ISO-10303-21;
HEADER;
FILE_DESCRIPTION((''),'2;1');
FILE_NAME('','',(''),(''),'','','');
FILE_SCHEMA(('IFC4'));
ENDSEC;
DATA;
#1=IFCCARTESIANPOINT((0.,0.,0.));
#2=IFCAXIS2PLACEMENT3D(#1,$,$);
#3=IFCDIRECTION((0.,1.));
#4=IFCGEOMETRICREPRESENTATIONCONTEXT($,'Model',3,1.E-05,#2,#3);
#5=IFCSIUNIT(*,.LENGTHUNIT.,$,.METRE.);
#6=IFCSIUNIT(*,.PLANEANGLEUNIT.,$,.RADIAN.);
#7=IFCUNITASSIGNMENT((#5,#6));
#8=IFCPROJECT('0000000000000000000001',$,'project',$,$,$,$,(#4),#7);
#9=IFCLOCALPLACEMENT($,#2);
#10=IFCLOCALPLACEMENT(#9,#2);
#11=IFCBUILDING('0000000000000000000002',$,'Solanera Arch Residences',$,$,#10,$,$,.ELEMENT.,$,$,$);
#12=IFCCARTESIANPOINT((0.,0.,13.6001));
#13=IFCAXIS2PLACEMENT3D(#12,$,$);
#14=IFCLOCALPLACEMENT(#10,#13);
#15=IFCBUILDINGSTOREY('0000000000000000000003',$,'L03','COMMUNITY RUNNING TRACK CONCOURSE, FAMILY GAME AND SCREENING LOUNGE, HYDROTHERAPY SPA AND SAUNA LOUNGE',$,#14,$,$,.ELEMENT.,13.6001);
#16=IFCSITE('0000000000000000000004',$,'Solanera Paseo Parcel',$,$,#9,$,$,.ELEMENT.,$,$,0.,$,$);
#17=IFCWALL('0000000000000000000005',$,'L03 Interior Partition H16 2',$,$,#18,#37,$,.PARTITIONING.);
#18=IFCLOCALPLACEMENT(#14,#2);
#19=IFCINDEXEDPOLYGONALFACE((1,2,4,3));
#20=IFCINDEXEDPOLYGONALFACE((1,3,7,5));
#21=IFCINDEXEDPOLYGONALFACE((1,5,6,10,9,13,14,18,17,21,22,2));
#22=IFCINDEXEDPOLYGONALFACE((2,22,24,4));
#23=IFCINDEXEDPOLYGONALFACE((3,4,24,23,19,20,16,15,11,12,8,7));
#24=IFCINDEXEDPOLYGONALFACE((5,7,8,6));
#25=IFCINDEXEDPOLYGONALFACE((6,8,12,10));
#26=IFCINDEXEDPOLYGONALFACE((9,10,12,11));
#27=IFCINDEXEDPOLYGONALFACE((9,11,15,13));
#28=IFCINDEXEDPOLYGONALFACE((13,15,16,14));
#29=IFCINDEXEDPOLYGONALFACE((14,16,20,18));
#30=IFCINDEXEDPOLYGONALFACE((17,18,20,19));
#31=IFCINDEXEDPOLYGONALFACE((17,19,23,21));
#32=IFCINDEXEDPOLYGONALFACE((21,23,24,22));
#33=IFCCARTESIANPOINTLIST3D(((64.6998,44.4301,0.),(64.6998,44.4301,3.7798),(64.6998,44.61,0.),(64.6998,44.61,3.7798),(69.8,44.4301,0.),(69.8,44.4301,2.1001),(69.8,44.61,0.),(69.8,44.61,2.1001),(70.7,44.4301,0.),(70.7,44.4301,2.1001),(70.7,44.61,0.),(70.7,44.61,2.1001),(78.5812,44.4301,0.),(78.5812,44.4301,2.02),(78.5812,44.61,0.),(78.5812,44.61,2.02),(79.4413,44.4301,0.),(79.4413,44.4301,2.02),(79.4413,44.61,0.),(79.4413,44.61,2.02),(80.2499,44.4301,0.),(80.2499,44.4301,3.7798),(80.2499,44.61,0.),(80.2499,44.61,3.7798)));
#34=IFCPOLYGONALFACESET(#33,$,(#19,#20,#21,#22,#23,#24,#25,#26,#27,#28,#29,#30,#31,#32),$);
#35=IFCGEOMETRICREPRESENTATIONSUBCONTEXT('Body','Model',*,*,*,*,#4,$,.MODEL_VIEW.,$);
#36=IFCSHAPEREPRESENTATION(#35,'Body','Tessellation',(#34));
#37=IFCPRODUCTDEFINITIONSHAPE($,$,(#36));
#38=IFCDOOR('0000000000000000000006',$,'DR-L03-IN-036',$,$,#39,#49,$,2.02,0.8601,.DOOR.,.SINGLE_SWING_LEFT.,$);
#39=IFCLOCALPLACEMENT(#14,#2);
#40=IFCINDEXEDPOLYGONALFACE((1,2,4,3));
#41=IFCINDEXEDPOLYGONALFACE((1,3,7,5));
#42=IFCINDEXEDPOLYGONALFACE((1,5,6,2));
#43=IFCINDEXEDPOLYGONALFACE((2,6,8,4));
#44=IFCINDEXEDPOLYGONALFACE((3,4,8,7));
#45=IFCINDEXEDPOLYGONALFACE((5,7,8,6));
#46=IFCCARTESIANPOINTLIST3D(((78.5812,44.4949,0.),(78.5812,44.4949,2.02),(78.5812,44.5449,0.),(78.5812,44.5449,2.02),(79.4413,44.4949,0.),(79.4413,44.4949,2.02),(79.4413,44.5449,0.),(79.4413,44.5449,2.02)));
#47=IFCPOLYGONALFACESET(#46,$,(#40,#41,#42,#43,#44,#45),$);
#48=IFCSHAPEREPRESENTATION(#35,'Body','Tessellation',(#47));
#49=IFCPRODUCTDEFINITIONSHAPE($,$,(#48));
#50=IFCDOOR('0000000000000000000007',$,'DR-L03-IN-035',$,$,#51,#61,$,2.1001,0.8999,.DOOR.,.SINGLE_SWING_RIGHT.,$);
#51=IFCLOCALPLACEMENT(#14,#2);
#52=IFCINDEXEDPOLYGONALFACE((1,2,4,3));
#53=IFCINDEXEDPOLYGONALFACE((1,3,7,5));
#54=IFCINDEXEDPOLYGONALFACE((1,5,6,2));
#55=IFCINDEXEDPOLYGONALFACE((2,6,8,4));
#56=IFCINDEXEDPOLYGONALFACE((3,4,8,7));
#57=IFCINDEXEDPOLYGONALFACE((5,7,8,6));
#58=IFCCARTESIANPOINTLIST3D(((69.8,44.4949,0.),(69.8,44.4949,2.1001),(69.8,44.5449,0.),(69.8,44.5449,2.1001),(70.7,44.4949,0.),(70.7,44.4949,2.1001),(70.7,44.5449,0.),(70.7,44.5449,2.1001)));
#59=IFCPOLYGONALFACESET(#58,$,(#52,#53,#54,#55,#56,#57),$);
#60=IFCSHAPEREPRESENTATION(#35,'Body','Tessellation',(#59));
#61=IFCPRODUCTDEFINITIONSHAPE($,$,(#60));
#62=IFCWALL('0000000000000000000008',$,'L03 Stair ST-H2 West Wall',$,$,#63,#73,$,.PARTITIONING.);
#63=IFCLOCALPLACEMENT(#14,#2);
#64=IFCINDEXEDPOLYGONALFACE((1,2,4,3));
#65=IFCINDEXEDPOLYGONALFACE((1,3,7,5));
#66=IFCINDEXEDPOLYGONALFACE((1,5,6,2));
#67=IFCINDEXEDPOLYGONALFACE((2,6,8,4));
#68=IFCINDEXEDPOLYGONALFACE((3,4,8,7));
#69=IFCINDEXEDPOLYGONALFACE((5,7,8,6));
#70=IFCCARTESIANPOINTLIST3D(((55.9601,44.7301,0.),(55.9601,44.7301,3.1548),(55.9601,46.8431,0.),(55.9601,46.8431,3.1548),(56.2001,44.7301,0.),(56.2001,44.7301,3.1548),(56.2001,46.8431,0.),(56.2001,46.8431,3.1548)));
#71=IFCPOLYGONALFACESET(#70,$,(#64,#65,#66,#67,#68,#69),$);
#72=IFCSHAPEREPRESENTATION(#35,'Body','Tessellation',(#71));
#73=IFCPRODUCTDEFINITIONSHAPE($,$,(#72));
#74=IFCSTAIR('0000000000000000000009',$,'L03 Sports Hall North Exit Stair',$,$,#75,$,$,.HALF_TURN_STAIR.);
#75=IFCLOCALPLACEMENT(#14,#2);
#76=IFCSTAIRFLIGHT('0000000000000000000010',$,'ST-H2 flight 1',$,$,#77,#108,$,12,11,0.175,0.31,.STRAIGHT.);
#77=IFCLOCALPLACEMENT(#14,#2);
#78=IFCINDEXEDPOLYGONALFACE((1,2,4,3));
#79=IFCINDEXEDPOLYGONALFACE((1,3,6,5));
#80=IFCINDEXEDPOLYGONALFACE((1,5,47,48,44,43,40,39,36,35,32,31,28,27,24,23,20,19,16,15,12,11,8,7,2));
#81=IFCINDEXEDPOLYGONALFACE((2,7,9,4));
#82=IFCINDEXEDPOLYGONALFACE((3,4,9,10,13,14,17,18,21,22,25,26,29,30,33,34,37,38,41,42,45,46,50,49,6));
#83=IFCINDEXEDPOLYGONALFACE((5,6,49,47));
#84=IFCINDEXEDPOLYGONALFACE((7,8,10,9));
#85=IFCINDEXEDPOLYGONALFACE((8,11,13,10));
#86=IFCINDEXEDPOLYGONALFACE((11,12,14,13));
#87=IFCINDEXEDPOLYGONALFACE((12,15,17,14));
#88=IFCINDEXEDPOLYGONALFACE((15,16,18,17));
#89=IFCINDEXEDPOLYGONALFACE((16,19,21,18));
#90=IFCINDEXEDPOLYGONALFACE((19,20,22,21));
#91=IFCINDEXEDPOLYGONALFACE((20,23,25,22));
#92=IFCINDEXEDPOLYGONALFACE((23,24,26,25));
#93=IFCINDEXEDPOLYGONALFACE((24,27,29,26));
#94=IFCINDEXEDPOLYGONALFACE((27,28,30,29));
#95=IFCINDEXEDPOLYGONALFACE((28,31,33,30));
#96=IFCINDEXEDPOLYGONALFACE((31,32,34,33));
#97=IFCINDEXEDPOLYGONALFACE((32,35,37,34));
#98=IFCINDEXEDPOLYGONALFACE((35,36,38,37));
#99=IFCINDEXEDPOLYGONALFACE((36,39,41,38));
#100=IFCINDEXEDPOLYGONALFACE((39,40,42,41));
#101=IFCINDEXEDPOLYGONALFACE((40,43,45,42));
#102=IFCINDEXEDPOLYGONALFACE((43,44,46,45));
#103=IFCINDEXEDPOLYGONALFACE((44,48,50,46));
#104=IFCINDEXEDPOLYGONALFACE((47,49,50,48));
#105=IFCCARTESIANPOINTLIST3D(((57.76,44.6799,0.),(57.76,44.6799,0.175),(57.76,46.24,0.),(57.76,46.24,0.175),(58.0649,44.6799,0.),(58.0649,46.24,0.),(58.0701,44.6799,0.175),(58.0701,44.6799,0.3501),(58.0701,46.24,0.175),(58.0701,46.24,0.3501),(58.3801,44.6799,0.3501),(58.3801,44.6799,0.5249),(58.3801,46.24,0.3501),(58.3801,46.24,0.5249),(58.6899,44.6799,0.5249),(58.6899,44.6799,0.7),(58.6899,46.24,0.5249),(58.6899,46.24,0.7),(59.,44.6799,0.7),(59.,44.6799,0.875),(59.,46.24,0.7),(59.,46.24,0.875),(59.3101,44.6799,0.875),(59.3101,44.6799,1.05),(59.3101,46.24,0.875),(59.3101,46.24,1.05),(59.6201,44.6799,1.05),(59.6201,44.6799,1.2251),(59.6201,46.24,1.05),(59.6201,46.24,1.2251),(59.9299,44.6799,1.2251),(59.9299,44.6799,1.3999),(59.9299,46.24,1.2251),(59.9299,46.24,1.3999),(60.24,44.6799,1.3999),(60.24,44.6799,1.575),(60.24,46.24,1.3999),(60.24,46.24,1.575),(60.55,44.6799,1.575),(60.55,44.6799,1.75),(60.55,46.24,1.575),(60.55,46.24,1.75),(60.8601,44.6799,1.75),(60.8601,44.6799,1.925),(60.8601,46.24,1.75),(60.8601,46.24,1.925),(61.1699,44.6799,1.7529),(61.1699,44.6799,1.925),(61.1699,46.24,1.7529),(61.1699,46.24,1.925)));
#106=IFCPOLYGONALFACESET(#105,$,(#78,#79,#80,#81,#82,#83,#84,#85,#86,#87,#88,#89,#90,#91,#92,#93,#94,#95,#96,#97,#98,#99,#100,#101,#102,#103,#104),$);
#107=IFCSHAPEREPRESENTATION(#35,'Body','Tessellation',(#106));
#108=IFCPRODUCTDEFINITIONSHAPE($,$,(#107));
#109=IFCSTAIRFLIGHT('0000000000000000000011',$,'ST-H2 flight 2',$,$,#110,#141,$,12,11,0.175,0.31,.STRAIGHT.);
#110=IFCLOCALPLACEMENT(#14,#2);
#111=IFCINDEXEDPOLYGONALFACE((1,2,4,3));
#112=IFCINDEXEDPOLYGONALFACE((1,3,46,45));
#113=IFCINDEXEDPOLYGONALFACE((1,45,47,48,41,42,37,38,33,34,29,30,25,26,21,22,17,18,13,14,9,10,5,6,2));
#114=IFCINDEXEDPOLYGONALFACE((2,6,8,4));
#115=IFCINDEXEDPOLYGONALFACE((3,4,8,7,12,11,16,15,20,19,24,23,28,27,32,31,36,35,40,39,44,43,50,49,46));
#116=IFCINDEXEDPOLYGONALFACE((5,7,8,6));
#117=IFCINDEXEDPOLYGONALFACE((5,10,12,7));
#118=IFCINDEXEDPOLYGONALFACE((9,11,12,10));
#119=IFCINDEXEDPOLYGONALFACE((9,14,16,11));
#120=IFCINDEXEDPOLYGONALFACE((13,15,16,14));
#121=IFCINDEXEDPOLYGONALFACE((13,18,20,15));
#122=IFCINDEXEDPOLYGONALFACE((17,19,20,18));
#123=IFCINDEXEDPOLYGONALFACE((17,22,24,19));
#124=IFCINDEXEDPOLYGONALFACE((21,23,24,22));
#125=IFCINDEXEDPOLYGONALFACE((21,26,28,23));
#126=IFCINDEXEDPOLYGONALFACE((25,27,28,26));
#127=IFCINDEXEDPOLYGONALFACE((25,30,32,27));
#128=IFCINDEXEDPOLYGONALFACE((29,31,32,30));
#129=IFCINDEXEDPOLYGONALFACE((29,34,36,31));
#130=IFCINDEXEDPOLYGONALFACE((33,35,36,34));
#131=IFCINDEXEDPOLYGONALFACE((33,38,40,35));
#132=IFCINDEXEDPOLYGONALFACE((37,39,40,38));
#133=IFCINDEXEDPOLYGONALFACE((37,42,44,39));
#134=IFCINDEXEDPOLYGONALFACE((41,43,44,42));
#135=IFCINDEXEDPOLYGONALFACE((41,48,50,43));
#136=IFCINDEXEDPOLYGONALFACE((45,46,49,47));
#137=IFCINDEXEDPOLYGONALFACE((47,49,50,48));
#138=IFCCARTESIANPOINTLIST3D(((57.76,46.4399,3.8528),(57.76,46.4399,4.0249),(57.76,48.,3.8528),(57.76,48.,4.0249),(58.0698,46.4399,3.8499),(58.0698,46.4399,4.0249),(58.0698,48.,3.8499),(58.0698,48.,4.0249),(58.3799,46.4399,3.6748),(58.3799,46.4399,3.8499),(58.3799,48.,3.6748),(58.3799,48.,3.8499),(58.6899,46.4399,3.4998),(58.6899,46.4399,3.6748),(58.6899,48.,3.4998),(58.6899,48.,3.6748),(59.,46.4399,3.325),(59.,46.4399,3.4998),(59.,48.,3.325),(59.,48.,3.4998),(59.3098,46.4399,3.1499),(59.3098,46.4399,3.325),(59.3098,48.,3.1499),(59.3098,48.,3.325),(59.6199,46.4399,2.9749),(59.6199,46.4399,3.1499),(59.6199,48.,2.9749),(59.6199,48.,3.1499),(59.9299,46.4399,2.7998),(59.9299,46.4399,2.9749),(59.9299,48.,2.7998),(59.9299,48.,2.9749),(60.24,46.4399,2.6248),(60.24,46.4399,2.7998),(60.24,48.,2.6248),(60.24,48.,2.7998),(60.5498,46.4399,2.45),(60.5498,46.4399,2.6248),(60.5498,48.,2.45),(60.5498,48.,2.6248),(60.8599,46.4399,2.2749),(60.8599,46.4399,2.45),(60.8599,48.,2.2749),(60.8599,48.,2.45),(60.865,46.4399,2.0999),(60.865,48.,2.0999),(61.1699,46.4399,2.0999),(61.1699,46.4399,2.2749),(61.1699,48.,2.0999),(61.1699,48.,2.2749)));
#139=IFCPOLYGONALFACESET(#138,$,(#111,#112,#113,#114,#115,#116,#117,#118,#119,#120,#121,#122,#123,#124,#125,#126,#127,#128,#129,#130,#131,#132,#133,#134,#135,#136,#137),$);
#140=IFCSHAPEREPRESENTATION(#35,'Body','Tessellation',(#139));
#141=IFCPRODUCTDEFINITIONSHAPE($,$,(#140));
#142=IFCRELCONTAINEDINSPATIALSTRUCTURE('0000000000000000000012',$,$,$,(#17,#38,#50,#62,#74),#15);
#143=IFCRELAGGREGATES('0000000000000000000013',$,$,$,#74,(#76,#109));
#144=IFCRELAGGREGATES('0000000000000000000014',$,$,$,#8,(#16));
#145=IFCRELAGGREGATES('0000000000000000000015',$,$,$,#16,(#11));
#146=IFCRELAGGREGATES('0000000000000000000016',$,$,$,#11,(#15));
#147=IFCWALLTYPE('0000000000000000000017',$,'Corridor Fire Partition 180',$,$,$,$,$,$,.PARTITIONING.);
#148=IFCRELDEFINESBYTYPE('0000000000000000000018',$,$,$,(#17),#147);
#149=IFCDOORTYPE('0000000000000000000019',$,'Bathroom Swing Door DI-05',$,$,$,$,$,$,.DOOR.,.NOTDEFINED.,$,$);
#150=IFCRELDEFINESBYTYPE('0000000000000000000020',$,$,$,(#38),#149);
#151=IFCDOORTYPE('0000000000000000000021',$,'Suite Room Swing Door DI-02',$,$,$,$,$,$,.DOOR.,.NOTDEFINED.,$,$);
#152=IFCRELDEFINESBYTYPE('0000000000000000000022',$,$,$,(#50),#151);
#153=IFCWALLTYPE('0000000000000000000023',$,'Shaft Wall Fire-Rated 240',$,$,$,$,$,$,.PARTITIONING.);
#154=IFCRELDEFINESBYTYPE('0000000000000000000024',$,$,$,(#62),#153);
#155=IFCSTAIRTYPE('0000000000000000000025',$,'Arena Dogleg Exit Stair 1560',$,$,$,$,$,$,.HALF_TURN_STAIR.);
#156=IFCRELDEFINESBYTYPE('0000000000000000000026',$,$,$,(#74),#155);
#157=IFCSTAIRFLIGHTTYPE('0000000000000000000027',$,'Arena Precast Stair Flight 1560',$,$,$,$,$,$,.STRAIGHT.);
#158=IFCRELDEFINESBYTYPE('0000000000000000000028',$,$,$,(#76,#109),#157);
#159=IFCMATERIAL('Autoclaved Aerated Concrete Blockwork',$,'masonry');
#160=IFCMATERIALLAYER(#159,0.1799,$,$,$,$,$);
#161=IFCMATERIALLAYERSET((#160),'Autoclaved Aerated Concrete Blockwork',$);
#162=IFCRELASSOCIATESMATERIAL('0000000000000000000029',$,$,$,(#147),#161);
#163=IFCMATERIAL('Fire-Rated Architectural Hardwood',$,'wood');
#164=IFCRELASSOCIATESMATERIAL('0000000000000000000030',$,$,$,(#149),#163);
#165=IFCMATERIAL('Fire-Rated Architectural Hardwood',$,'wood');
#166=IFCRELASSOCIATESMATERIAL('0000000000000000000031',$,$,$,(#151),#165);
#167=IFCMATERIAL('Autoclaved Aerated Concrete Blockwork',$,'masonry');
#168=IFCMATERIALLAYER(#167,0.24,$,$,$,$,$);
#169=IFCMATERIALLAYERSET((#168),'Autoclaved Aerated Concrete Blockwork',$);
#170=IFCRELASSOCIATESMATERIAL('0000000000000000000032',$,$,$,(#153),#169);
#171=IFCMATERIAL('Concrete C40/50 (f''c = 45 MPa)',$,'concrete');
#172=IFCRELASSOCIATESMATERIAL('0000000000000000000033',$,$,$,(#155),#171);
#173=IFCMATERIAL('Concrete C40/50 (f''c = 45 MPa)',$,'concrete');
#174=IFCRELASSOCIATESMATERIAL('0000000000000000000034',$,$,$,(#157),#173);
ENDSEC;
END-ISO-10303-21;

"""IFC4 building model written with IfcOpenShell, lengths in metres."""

from ifc_helpers import new_model, si_unit, direction, frame, frame_2d, origin, place, context, subcontext, project, spatial, polyline, rectangle, outline, extrude, material, layer, layer_set, type_object, element, fill, aggregate, save


model = new_model("IFC4")

# Units and contexts
model_context = context("Model", 3, precision=1e-05, world=origin(), true_north=direction((0.0, 1.0)))
body_context = subcontext(model_context, "Body", "Model", "MODEL_VIEW")
ifc_project = project(units=[si_unit("LENGTHUNIT", "METRE"), si_unit("PLANEANGLEUNIT", "RADIAN")], contexts=[model_context])

# Site, building, storey
site_placement = place(None, origin())
site = spatial("IfcSite", under=ifc_project, at=site_placement, Name="Solanera Paseo Parcel", CompositionType="ELEMENT", RefElevation=0.0)
building_placement = place(site_placement, origin())
building = spatial("IfcBuilding", under=site, at=building_placement, Name="Solanera Arch Residences", CompositionType="ELEMENT")
storey_placement = place(building_placement, frame((0.0, 0.0, 13.6001)))
storey = spatial("IfcBuildingStorey", under=building, at=storey_placement, Name="L03", Description="COMMUNITY RUNNING TRACK CONCOURSE, FAMILY GAME AND SCREENING LOUNGE, HYDROTHERAPY SPA AND SAUNA LOUNGE", CompositionType="ELEMENT", Elevation=13.6001)

# Wall, openings, doors
ifc_material_1 = material(Name="Autoclaved Aerated Concrete Blockwork", Category="masonry")
ifc_layer_1 = layer(ifc_material_1, 0.1799)
ifc_layer_set_1 = layer_set([ifc_layer_1], Name="Autoclaved Aerated Concrete Blockwork")
wall_type_1 = type_object("IfcWallType", Name="Corridor Fire Partition 180", PredefinedType="PARTITIONING", material=ifc_layer_set_1)
wall_1_placement = place(storey_placement, frame((64.7, 44.52, 0.0), z_axis=(0.0, 0.0, 1.0), x_axis=(1.0, 0.0, 0.0)))
wall_1 = element("IfcWall", 1, at=wall_1_placement, inside=storey, type_object=wall_type_1, Name="L03 Interior Partition H16 2", PredefinedType="PARTITIONING", context=body_context, shape_type="SweptSolid", body=[
    extrude(rectangle(XDim=15.55, YDim=0.1799, at=frame_2d((7.7749, 0.0))), origin(), (0.0, 0.0, 1.0), 3.7798),
])
opening_1_placement = place(wall_1_placement, frame((5.1001, 0.0, 0.0)))
opening_1 = element("IfcOpeningElement", 2, at=opening_1_placement, cuts=wall_1, PredefinedType="OPENING", context=body_context, shape_type="SweptSolid", body=[
    extrude(rectangle(XDim=0.8999, YDim=2.1001, at=frame_2d((0.45, 1.05))), frame((0.0, 0.1001, 0.0), z_axis=(0.0, -1.0, 0.0), x_axis=(1.0, 0.0, 0.0)), (0.0, 0.0, 1.0), 0.1999),
])
opening_2_placement = place(wall_1_placement, frame((13.8811, 0.0, 0.0)))
opening_2 = element("IfcOpeningElement", 3, at=opening_2_placement, cuts=wall_1, PredefinedType="OPENING", context=body_context, shape_type="SweptSolid", body=[
    extrude(rectangle(XDim=0.8601, YDim=2.02, at=frame_2d((0.4302, 1.01))), frame((0.0, 0.1001, 0.0), z_axis=(0.0, -1.0, 0.0), x_axis=(1.0, 0.0, 0.0)), (0.0, 0.0, 1.0), 0.1999),
])
ifc_material_2 = material(Name="Fire-Rated Architectural Hardwood", Category="wood")
door_type_1 = type_object("IfcDoorType", Name="Bathroom Swing Door DI-05", OperationType="NOTDEFINED", PredefinedType="DOOR", material=ifc_material_2)
door_1_placement = place(opening_2_placement, origin())
door_1 = element("IfcDoor", 4, at=door_1_placement, inside=storey, type_object=door_type_1, Name="DR-L03-IN-036", OperationType="SINGLE_SWING_LEFT", OverallHeight=2.02, OverallWidth=0.8601, PredefinedType="DOOR", context=body_context, shape_type="SweptSolid", body=[
    extrude(rectangle(XDim=0.8601, YDim=2.02, at=frame_2d((0.4302, 1.01))), frame((0.0, 0.0249, 0.0), z_axis=(0.0, -1.0, 0.0), x_axis=(1.0, 0.0, 0.0)), (0.0, 0.0, 1.0), 0.05),
])
fill(opening_2, door_1)
ifc_material_3 = material(Name="Fire-Rated Architectural Hardwood", Category="wood")
door_type_2 = type_object("IfcDoorType", Name="Suite Room Swing Door DI-02", OperationType="NOTDEFINED", PredefinedType="DOOR", material=ifc_material_3)
door_2_placement = place(opening_1_placement, origin())
door_2 = element("IfcDoor", 5, at=door_2_placement, inside=storey, type_object=door_type_2, Name="DR-L03-IN-035", OperationType="SINGLE_SWING_RIGHT", OverallHeight=2.1001, OverallWidth=0.8999, PredefinedType="DOOR", context=body_context, shape_type="SweptSolid", body=[
    extrude(rectangle(XDim=0.8999, YDim=2.1001, at=frame_2d((0.45, 1.05))), frame((0.0, 0.0249, 0.0), z_axis=(0.0, -1.0, 0.0), x_axis=(1.0, 0.0, 0.0)), (0.0, 0.0, 1.0), 0.05),
])
fill(opening_1, door_2)

# Wall
ifc_material_4 = material(Name="Autoclaved Aerated Concrete Blockwork", Category="masonry")
ifc_layer_2 = layer(ifc_material_4, 0.24)
ifc_layer_set_2 = layer_set([ifc_layer_2], Name="Autoclaved Aerated Concrete Blockwork")
wall_type_2 = type_object("IfcWallType", Name="Shaft Wall Fire-Rated 240", PredefinedType="PARTITIONING", material=ifc_layer_set_2)
wall_2_placement = place(storey_placement, frame((56.0801, 44.73, 0.0), z_axis=(0.0, 0.0, 1.0), x_axis=(0.0, 1.0, 0.0)))
element("IfcWall", 6, at=wall_2_placement, inside=storey, type_object=wall_type_2, Name="L03 Stair ST-H2 West Wall", PredefinedType="PARTITIONING", context=body_context, shape_type="SweptSolid", body=[
    extrude(rectangle(XDim=2.113, YDim=0.24, at=frame_2d((1.0566, 0.0))), origin(), (0.0, 0.0, 1.0), 3.1548),
])

# Stair, stair flights
ifc_material_5 = material(Name="Concrete C40/50 (f'c = 45 MPa)", Category="concrete")
stair_type = type_object("IfcStairType", Name="Arena Dogleg Exit Stair 1560", PredefinedType="HALF_TURN_STAIR", material=ifc_material_5)
stair_placement = place(storey_placement, origin())
stair = element("IfcStair", 7, at=stair_placement, inside=storey, type_object=stair_type, Name="L03 Sports Hall North Exit Stair", PredefinedType="HALF_TURN_STAIR")
ifc_material_6 = material(Name="Concrete C40/50 (f'c = 45 MPa)", Category="concrete")
stair_flight_type = type_object("IfcStairFlightType", Name="Arena Precast Stair Flight 1560", PredefinedType="STRAIGHT", material=ifc_material_6)
stair_flight_1_placement = place(storey_placement, frame((57.76, 45.46, 0.0), z_axis=(0.0, 0.0, 1.0), x_axis=(1.0, 0.0, 0.0)))
stair_flight_1 = element("IfcStairFlight", 8, at=stair_flight_1_placement, type_object=stair_flight_type, Name="ST-H2 flight 1", NumberOfRisers=12, NumberOfTreads=11, PredefinedType="STRAIGHT", RiserHeight=0.175, TreadLength=0.31, context=body_context, shape_type="SweptSolid", body=[
    extrude(outline(polyline([(0.0, 0.0), (0.0, 0.175), (0.3101, 0.175), (0.3101, 0.3501), (0.6201, 0.3501), (0.6201, 0.5249), (0.9299, 0.5249), (0.9299, 0.7), (1.24, 0.7), (1.24, 0.875), (1.55, 0.875), (1.55, 1.05), (1.8601, 1.05), (1.8601, 1.2251), (2.1699, 1.2251), (2.1699, 1.3999), (2.48, 1.3999), (2.48, 1.575), (2.79, 1.575), (2.79, 1.75), (3.1001, 1.75), (3.1001, 1.925), (3.4099, 1.925), (3.4099, 2.1001), (3.4099, 1.7529), (0.3049, 0.0), (0.0, 0.0)])), frame((0.0, 0.78, 0.0), z_axis=(0.0, -1.0, 0.0), x_axis=(1.0, 0.0, 0.0)), (0.0, 0.0, 1.0), 1.5601),
])
stair_flight_2_placement = place(storey_placement, frame((61.1699, 47.22, 2.0999), z_axis=(0.0, 0.0, 1.0), x_axis=(-1.0, 0.0, 0.0)))
stair_flight_2 = element("IfcStairFlight", 9, at=stair_flight_2_placement, type_object=stair_flight_type, Name="ST-H2 flight 2", NumberOfRisers=12, NumberOfTreads=11, PredefinedType="STRAIGHT", RiserHeight=0.175, TreadLength=0.31, context=body_context, shape_type="SweptSolid", body=[
    extrude(outline(polyline([(0.0, 0.0), (0.0, 0.175), (0.3101, 0.175), (0.3101, 0.3501), (0.6201, 0.3501), (0.6201, 0.5249), (0.9299, 0.5249), (0.9299, 0.7), (1.24, 0.7), (1.24, 0.875), (1.55, 0.875), (1.55, 1.05), (1.8601, 1.05), (1.8601, 1.2251), (2.1699, 1.2251), (2.1699, 1.3999), (2.48, 1.3999), (2.48, 1.575), (2.79, 1.575), (2.79, 1.75), (3.1001, 1.75), (3.1001, 1.925), (3.4099, 1.925), (3.4099, 2.1001), (3.4099, 1.7529), (0.3049, 0.0), (0.0, 0.0)])), frame((0.0, 0.78, 0.0), z_axis=(0.0, -1.0, 0.0), x_axis=(1.0, 0.0, 0.0)), (0.0, 0.0, 1.0), 1.5601),
])
aggregate(stair, [stair_flight_1, stair_flight_2])

save(model, "model.ifc")
